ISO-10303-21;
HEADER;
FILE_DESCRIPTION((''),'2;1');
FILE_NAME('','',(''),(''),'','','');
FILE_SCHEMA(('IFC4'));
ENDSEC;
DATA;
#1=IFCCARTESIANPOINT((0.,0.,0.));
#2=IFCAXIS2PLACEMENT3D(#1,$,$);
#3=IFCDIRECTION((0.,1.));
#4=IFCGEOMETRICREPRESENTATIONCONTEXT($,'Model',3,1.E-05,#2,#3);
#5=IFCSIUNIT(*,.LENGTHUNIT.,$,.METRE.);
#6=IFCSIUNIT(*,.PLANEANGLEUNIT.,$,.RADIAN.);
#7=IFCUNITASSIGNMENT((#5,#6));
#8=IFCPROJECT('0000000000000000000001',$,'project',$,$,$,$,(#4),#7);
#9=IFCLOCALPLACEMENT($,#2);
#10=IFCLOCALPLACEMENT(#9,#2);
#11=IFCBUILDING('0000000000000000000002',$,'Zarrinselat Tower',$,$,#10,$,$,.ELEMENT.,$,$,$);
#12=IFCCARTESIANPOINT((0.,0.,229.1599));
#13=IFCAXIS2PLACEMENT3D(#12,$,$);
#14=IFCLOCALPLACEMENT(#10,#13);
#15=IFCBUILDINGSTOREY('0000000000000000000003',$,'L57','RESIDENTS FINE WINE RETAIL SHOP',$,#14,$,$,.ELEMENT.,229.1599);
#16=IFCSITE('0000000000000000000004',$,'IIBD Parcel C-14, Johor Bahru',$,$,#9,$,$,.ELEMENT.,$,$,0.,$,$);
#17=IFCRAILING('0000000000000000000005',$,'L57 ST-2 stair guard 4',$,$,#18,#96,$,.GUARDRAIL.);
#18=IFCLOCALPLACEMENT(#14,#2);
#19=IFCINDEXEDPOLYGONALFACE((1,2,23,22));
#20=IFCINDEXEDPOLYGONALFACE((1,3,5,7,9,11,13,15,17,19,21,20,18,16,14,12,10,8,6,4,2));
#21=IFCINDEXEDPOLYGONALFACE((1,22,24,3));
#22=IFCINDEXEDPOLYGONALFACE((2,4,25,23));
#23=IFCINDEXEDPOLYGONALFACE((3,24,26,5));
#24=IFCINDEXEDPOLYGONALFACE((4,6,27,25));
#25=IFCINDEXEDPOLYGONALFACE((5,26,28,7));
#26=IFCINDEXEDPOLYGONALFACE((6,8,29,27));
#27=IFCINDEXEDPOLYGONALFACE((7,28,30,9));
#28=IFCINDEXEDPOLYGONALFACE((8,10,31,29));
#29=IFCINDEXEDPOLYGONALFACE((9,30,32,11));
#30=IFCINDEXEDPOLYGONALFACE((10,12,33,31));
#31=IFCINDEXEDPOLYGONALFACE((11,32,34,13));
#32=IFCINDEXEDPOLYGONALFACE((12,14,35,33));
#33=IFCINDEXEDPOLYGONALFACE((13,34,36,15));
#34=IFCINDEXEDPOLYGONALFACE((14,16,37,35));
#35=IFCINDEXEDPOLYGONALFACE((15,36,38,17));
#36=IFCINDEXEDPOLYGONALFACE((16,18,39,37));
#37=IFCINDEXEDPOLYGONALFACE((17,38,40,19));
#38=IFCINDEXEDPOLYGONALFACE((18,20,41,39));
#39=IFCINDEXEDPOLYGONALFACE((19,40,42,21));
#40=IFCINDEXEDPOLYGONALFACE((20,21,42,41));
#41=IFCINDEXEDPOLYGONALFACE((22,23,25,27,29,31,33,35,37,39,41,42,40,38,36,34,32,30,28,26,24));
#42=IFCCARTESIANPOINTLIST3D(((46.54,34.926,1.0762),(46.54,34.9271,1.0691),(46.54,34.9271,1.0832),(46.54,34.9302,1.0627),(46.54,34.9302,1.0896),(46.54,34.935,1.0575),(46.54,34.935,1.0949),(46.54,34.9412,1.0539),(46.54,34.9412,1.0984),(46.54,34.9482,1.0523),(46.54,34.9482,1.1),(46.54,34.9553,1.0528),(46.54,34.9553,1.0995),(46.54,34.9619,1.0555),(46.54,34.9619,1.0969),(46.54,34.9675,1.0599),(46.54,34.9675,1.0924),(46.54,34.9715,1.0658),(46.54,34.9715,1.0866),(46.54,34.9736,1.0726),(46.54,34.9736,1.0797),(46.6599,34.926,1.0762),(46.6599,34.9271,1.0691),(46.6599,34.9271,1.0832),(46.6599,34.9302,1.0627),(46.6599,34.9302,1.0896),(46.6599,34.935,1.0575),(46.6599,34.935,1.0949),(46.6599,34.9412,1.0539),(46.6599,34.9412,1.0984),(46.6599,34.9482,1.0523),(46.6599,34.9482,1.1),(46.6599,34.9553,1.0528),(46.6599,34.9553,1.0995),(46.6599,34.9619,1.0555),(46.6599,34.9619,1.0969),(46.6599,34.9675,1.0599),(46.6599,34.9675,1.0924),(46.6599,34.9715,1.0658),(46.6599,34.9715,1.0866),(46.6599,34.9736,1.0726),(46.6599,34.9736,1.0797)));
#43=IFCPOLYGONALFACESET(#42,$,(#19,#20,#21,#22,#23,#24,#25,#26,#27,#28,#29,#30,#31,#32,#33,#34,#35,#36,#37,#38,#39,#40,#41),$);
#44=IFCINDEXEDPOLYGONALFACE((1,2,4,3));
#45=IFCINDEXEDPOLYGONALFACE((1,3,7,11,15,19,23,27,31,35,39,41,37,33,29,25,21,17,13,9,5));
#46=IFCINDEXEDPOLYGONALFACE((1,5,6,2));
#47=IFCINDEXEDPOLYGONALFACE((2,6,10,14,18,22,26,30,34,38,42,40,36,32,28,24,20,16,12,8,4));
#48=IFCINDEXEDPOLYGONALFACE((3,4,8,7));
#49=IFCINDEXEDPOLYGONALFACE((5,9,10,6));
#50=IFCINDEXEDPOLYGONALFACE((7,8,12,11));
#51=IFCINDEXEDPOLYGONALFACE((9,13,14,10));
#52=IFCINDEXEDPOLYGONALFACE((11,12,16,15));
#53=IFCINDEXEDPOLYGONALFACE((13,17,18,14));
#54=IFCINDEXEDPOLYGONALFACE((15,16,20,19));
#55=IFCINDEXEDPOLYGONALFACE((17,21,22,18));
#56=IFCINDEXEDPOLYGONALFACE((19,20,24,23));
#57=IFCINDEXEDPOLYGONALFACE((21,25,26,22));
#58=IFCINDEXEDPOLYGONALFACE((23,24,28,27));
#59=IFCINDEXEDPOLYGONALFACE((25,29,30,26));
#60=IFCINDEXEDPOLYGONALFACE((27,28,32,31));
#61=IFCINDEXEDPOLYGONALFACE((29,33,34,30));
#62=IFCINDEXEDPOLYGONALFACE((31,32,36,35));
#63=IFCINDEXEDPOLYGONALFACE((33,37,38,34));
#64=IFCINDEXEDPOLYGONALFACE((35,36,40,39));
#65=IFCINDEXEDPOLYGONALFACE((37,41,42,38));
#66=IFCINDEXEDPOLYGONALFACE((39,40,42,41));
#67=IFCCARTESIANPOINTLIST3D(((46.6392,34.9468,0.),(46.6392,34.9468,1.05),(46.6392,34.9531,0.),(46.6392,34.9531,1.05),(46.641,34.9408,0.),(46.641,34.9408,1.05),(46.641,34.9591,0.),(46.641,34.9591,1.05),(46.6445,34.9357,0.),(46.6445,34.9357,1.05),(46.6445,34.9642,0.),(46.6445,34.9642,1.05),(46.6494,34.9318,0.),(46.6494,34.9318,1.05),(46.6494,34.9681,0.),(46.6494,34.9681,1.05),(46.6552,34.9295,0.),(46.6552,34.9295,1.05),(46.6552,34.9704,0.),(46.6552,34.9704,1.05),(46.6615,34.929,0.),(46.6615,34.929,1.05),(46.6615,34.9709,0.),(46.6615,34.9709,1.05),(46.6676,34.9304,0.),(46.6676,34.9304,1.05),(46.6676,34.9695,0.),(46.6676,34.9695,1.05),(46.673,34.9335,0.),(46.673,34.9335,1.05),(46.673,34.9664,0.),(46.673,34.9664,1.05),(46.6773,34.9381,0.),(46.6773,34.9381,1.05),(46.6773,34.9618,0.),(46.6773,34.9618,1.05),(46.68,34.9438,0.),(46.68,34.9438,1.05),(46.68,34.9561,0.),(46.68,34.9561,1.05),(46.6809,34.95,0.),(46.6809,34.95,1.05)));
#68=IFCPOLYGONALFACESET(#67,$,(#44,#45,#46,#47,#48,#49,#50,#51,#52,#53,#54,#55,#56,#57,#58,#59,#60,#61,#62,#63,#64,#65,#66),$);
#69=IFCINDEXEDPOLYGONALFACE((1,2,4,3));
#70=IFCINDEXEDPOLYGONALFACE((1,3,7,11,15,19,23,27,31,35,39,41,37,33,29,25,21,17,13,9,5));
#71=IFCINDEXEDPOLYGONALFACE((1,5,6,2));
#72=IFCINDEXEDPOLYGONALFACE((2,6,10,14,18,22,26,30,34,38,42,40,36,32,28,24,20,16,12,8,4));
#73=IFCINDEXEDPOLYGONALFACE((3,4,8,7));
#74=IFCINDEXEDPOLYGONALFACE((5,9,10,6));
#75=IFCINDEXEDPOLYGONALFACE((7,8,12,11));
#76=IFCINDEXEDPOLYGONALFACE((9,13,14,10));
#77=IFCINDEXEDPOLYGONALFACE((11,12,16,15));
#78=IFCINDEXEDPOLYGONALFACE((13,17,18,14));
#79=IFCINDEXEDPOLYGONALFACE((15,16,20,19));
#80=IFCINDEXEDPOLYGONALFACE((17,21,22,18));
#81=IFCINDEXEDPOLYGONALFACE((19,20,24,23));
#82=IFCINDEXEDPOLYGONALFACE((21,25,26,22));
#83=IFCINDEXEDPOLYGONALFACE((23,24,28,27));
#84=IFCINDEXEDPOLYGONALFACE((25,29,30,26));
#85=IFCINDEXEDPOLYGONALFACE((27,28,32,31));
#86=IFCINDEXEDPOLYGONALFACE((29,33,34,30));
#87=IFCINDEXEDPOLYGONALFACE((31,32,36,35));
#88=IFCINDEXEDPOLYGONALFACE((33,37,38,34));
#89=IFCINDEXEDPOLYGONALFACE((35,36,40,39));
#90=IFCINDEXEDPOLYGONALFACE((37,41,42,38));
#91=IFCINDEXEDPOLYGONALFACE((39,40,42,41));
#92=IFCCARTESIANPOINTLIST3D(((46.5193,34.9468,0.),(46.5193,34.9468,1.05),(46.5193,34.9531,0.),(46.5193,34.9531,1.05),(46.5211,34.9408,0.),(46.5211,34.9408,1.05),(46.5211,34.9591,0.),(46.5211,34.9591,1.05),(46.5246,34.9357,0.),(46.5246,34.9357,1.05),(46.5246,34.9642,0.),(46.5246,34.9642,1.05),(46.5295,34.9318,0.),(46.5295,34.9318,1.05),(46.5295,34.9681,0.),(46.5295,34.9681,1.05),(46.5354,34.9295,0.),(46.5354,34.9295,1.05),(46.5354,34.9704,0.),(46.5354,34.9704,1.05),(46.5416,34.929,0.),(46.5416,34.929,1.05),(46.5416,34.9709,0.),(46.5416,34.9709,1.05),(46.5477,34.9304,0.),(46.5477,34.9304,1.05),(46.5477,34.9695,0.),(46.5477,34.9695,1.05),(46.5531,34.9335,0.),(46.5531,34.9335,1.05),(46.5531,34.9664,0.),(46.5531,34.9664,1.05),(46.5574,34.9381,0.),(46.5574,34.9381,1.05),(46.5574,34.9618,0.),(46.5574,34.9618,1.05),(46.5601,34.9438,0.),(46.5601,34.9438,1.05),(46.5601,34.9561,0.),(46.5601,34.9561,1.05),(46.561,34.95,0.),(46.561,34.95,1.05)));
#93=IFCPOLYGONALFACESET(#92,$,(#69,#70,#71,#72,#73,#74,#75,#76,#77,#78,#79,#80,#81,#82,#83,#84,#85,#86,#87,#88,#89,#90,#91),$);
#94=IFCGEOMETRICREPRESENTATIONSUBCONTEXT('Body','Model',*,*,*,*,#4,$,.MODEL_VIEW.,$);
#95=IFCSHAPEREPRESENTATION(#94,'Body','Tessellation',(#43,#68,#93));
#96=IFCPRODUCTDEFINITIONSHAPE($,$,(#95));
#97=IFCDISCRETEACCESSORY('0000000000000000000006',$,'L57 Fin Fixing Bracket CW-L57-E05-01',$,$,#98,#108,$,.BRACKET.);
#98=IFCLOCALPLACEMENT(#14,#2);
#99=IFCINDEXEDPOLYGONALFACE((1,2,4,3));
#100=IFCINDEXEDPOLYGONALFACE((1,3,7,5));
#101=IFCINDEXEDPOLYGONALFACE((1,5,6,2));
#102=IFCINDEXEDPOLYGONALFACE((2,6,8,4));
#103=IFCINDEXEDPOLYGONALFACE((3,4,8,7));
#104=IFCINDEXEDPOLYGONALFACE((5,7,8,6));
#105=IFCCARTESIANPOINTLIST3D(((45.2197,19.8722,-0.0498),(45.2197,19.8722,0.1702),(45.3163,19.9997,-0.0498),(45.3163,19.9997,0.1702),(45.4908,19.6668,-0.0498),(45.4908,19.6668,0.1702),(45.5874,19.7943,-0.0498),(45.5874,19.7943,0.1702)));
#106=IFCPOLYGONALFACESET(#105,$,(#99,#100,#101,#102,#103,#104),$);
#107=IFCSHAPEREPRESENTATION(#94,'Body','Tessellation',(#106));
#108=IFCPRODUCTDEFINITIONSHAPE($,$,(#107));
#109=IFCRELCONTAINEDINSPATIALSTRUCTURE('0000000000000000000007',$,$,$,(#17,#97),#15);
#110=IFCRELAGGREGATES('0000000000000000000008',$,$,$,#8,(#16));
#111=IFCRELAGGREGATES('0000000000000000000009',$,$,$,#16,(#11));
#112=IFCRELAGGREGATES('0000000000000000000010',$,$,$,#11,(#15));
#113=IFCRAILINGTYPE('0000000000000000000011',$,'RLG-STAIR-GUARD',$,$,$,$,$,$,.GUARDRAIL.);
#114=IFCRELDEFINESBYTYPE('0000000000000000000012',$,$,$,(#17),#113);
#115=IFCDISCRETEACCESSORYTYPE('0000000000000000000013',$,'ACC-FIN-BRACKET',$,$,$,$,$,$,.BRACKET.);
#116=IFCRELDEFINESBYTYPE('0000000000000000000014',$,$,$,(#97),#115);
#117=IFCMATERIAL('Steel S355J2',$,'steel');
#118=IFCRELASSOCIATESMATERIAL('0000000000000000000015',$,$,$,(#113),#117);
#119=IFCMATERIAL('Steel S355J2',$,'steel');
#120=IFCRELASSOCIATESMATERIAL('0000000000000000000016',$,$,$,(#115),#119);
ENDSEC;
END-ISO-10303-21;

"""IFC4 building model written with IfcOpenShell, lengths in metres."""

from ifc_helpers import new_model, si_unit, direction, frame, origin, origin_2d, place, context, subcontext, project, spatial, rectangle, circle, extrude, material, type_object, element, save


model = new_model("IFC4")

# Units and contexts
model_context = context("Model", 3, precision=1e-05, world=origin(), true_north=direction((0.0, 1.0)))
body_context = subcontext(model_context, "Body", "Model", "MODEL_VIEW")
ifc_project = project(units=[si_unit("LENGTHUNIT", "METRE"), si_unit("PLANEANGLEUNIT", "RADIAN")], contexts=[model_context])

# Site, building, storey
site_placement = place(None, origin())
site = spatial("IfcSite", under=ifc_project, at=site_placement, Name="IIBD Parcel C-14, Johor Bahru", CompositionType="ELEMENT", RefElevation=0.0)
building_placement = place(site_placement, origin())
building = spatial("IfcBuilding", under=site, at=building_placement, Name="Zarrinselat Tower", CompositionType="ELEMENT")
storey_placement = place(building_placement, frame((0.0, 0.0, 229.1599)))
storey = spatial("IfcBuildingStorey", under=building, at=storey_placement, Name="L57", Description="RESIDENTS FINE WINE RETAIL SHOP", CompositionType="ELEMENT", Elevation=229.1599)

# Railing
ifc_material_1 = material(Name="Steel S355J2", Category="steel")
railing_type_1 = type_object("IfcRailingType", Name="RLG-STAIR-GUARD", PredefinedType="GUARDRAIL", material=ifc_material_1)
railing_1_placement = place(storey_placement, frame((46.6599, 34.95, 0.0)))
element("IfcRailing", 1, at=railing_1_placement, inside=storey, type_object=railing_type_1, Name="L57 ST-2 stair guard 4", PredefinedType="GUARDRAIL", context=body_context, shape_type="SweptSolid", body=[
    extrude(circle(Radius=0.0239, at=origin_2d()), frame((0.0, 0.0, 1.0762), z_axis=(-1.0, 0.0, 0.0), x_axis=(0.0, -1.0, 0.0)), (0.0, 0.0, 1.0), 0.1199),
    extrude(circle(Radius=0.021, at=origin_2d()), origin(), (0.0, 0.0, 1.0), 1.05),
    extrude(circle(Radius=0.021, at=origin_2d()), frame((-0.1199, 0.0, 0.0)), (0.0, 0.0, 1.0), 1.05),
])

# Discrete accessory
ifc_material_2 = material(Name="Steel S355J2", Category="steel")
discrete_accessory_type = type_object("IfcDiscreteAccessoryType", Name="ACC-FIN-BRACKET", PredefinedType="BRACKET", material=ifc_material_2)
discrete_accessory_placement = place(storey_placement, frame((45.4036, 19.8333, -0.0498), z_axis=(0.0, 0.0, 1.0), x_axis=(0.797091, -0.603859, 0.0)))
element("IfcDiscreteAccessory", 2, at=discrete_accessory_placement, inside=storey, type_object=discrete_accessory_type, Name="L57 Fin Fixing Bracket CW-L57-E05-01", PredefinedType="BRACKET", context=body_context, shape_type="SweptSolid", body=[
    extrude(rectangle(XDim=0.3401, YDim=0.1599, at=origin_2d()), origin(), (0.0, 0.0, 1.0), 0.22),
])

save(model, "model.ifc")
